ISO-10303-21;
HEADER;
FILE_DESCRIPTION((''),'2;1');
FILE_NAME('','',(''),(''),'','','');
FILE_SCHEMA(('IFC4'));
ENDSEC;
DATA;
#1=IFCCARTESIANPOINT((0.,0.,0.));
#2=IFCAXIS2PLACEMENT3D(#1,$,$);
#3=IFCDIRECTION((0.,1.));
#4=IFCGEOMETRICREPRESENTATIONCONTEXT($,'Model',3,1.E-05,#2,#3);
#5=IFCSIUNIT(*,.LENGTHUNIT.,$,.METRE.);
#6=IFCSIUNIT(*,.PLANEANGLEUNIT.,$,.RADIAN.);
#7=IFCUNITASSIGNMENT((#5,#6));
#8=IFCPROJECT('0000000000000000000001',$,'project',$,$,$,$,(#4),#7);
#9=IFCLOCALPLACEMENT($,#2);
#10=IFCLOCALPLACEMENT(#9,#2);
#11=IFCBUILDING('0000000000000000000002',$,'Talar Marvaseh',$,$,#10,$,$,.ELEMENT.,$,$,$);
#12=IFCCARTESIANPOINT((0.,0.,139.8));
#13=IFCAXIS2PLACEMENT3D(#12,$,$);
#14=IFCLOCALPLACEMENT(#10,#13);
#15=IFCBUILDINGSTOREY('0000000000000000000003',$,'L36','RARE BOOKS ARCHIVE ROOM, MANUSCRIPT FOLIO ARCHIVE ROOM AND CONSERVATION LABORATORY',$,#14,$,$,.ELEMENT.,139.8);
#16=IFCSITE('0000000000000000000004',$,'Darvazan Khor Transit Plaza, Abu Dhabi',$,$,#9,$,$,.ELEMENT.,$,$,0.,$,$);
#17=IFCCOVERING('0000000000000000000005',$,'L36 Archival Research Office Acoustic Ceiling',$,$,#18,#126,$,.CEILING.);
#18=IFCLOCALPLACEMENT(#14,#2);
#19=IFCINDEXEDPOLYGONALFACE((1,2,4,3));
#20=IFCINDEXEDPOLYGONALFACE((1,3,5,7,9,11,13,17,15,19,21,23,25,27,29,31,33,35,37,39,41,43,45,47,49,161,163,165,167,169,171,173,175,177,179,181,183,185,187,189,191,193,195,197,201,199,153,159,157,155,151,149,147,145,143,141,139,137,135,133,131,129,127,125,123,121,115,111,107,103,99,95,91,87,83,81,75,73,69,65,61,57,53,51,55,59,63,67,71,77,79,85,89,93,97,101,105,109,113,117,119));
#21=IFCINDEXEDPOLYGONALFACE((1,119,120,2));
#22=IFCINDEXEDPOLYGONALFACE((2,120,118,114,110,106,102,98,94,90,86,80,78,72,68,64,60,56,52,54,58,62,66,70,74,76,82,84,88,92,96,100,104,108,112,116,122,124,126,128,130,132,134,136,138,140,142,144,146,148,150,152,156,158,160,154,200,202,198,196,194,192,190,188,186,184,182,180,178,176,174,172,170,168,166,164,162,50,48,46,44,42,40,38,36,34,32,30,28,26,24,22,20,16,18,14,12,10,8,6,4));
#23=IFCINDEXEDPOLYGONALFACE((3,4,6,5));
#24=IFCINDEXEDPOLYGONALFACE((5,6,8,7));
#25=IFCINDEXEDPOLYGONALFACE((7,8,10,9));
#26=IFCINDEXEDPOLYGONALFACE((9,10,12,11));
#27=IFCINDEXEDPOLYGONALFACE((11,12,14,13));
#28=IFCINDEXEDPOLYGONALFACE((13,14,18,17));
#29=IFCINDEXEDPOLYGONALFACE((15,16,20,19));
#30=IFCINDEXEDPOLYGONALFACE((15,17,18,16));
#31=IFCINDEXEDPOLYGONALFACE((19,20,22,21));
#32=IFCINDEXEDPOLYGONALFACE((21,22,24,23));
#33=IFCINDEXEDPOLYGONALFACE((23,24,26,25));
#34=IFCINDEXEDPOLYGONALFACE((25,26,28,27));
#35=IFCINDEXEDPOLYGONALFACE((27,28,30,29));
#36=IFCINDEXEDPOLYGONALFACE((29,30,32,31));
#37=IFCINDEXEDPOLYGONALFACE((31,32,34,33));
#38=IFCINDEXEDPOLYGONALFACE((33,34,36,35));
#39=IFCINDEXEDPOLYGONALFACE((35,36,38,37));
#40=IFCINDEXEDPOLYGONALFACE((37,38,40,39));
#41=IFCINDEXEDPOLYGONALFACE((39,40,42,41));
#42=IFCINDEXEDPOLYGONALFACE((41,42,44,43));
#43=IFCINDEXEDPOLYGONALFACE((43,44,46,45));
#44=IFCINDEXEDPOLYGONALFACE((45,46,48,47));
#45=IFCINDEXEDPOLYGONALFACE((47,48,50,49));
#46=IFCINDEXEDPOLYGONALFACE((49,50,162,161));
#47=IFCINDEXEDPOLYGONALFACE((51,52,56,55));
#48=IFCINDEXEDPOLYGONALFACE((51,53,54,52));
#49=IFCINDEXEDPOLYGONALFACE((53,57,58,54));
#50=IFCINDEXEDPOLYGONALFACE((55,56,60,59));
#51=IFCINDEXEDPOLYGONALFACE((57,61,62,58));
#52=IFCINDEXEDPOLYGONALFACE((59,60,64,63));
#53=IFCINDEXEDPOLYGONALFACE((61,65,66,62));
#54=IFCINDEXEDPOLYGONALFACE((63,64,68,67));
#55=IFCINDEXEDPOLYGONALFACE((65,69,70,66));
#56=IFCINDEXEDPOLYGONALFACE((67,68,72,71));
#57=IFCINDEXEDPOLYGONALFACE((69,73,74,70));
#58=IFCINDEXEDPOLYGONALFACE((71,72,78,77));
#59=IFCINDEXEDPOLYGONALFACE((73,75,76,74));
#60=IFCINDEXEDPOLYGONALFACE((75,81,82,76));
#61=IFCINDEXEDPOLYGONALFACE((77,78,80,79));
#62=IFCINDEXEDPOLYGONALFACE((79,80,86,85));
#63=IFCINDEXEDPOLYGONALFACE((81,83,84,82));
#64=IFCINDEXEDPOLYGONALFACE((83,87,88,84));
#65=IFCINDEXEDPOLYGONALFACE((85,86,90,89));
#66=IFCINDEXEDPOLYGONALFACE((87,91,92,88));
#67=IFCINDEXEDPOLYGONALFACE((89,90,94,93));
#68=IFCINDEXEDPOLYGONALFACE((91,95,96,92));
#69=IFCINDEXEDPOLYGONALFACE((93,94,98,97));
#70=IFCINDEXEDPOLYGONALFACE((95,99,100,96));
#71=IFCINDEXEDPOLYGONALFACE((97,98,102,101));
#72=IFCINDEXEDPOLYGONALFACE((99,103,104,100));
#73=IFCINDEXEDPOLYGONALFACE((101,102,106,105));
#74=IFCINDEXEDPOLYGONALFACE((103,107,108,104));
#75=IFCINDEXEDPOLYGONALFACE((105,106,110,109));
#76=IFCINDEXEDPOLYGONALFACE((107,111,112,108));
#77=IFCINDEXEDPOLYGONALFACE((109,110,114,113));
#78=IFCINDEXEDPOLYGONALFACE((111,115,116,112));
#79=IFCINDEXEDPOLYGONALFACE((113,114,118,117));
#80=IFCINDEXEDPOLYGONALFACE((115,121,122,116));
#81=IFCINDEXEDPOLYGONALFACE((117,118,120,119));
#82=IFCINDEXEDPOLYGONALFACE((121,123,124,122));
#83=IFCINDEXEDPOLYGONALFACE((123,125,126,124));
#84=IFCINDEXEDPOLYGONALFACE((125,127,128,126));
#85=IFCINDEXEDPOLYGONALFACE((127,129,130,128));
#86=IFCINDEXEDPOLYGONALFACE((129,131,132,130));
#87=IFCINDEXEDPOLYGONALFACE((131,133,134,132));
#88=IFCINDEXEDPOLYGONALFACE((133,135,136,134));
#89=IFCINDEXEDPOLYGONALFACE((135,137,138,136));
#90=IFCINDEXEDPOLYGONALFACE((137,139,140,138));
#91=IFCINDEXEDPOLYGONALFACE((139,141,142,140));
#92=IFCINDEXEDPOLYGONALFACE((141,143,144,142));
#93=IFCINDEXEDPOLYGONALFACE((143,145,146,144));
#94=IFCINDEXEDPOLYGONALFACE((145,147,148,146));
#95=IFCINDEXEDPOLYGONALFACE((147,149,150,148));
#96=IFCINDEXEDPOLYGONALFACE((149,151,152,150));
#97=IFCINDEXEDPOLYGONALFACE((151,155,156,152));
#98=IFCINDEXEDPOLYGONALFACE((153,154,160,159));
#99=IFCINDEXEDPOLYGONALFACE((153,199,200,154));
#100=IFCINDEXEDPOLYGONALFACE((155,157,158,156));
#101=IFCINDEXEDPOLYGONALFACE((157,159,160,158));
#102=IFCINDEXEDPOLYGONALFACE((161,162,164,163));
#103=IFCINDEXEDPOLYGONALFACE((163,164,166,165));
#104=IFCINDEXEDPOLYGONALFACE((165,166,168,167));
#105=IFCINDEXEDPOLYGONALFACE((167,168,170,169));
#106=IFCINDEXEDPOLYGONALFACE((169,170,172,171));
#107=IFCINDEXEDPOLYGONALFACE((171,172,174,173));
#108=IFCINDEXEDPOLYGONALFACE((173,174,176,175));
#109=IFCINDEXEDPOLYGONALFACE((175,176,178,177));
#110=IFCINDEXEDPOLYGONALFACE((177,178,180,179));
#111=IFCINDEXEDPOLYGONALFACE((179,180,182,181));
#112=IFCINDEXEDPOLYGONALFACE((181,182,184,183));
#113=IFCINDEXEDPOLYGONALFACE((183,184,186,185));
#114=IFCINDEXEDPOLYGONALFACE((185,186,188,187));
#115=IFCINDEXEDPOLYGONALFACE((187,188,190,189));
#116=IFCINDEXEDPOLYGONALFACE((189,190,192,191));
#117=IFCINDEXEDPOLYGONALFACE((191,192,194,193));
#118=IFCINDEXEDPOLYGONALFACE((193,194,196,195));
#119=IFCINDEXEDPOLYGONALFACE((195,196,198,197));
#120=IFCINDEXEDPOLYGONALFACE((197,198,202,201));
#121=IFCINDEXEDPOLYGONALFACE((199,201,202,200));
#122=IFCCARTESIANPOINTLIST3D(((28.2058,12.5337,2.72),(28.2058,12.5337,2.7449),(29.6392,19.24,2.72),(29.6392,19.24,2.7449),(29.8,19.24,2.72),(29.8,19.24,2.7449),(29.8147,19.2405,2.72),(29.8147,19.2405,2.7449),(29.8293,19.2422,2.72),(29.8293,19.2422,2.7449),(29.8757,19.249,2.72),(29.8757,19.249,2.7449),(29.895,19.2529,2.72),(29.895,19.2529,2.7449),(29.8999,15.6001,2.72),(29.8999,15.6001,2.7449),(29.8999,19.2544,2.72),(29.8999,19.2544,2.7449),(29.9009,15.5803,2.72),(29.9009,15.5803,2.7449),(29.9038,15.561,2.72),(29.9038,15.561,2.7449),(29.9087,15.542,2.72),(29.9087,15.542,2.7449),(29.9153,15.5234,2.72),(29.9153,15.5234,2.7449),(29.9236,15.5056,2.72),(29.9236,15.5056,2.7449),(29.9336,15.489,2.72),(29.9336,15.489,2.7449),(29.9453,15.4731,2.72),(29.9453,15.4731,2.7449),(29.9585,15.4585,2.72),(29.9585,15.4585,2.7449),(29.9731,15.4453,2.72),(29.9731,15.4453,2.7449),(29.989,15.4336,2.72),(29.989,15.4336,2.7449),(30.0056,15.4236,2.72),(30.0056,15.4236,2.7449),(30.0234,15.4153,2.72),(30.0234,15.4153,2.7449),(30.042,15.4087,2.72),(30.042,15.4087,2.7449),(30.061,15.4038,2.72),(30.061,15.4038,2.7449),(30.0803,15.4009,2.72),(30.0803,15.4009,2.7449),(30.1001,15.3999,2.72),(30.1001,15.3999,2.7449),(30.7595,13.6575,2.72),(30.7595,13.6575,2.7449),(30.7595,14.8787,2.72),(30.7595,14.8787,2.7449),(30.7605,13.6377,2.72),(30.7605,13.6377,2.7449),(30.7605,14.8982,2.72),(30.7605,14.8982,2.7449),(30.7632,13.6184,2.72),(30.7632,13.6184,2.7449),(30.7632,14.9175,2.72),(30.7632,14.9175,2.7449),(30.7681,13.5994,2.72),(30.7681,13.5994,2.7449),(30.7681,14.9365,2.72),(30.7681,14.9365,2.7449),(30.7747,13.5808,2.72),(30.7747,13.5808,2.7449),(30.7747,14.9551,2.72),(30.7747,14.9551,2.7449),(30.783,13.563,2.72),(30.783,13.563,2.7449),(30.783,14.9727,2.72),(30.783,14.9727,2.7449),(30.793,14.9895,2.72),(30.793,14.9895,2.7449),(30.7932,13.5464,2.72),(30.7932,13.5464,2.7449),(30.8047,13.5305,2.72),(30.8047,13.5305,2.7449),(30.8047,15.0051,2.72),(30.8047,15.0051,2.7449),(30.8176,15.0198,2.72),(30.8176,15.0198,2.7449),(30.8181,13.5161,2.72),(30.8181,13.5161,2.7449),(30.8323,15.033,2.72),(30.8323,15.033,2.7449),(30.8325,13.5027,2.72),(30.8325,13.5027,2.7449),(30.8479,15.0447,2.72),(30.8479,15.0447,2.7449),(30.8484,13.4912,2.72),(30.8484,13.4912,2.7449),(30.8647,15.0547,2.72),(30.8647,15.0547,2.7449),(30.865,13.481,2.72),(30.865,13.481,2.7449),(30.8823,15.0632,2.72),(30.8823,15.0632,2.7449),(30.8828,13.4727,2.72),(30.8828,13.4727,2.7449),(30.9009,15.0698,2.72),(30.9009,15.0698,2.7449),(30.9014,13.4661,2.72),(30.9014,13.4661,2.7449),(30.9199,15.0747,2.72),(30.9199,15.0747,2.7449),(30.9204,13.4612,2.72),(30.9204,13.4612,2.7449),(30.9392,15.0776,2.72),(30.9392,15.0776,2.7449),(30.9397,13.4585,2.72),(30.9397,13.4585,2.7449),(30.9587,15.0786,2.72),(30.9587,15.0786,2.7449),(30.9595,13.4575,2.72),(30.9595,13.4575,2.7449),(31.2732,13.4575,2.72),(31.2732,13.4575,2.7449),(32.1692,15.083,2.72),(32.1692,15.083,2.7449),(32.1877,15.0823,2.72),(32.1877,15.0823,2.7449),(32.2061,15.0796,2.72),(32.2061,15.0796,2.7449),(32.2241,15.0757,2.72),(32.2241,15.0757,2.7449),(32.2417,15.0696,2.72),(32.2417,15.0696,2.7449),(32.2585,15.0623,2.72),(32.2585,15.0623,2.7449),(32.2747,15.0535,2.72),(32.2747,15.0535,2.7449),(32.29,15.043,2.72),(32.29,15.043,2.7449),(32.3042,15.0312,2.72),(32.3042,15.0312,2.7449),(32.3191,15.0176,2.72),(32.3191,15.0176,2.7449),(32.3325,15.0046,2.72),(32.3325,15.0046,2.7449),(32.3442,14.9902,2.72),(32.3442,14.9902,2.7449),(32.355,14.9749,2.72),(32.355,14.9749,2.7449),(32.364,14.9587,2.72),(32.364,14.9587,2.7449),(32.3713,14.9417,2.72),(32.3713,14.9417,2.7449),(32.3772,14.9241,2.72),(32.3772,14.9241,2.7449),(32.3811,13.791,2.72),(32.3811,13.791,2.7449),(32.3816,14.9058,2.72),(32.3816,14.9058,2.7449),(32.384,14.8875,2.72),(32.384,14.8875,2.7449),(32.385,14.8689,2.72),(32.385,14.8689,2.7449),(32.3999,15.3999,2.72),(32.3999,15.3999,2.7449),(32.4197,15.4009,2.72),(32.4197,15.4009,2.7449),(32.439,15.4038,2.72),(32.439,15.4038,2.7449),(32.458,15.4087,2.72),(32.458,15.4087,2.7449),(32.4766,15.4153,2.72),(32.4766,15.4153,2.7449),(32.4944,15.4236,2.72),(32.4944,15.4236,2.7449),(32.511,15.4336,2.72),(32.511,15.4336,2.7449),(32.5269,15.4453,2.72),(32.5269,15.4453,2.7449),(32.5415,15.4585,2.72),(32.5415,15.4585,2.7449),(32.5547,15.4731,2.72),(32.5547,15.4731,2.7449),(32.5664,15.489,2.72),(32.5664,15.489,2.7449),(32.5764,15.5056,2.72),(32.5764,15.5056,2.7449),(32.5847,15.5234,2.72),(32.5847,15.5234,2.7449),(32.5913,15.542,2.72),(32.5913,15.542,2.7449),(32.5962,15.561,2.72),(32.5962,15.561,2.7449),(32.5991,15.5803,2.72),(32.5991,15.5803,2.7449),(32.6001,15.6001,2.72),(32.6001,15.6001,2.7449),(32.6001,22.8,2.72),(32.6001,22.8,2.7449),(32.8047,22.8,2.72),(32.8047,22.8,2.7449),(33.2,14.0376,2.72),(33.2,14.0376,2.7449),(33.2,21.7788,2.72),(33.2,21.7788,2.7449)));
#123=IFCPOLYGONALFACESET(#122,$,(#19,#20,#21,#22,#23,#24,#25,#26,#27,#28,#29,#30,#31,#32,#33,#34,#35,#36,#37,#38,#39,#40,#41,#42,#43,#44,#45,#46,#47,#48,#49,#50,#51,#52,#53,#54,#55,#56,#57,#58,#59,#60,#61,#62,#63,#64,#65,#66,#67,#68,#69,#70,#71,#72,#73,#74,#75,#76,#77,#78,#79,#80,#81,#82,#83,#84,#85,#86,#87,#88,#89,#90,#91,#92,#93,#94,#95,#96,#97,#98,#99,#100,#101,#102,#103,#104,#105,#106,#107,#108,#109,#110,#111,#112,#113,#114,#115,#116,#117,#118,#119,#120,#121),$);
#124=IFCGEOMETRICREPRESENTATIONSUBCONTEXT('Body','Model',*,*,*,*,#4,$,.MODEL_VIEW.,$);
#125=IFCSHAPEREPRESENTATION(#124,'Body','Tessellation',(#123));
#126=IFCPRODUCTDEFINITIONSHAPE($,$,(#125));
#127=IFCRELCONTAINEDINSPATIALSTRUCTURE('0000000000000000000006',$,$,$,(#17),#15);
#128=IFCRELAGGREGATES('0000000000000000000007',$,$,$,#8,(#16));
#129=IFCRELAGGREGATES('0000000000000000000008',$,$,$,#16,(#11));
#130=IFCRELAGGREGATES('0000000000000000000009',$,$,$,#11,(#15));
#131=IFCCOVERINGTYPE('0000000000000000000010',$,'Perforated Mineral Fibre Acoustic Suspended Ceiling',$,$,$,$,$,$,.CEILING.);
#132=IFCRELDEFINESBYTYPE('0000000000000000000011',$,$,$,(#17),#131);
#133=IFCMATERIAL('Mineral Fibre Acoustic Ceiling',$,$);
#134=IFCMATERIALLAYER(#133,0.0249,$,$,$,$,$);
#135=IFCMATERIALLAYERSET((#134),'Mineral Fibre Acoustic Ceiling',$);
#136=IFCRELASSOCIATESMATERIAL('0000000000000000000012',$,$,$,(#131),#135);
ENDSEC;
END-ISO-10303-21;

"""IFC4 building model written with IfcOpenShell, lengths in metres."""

from ifc_helpers import new_model, si_unit, direction, frame, origin, place, context, subcontext, project, spatial, polyline, outline, extrude, material, layer, layer_set, type_object, element, save


model = new_model("IFC4")

# Units and contexts
model_context = context("Model", 3, precision=1e-05, world=origin(), true_north=direction((0.0, 1.0)))
body_context = subcontext(model_context, "Body", "Model", "MODEL_VIEW")
ifc_project = project(units=[si_unit("LENGTHUNIT", "METRE"), si_unit("PLANEANGLEUNIT", "RADIAN")], contexts=[model_context])

# Site, building, storey
site_placement = place(None, origin())
site = spatial("IfcSite", under=ifc_project, at=site_placement, Name="Darvazan Khor Transit Plaza, Abu Dhabi", CompositionType="ELEMENT", RefElevation=0.0)
building_placement = place(site_placement, origin())
building = spatial("IfcBuilding", under=site, at=building_placement, Name="Talar Marvaseh", CompositionType="ELEMENT")
storey_placement = place(building_placement, frame((0.0, 0.0, 139.8)))
storey = spatial("IfcBuildingStorey", under=building, at=storey_placement, Name="L36", Description="RARE BOOKS ARCHIVE ROOM, MANUSCRIPT FOLIO ARCHIVE ROOM AND CONSERVATION LABORATORY", CompositionType="ELEMENT", Elevation=139.8)

# Covering
ifc_material_1 = material(Name="Mineral Fibre Acoustic Ceiling")
ifc_layer_1 = layer(ifc_material_1, 0.0249)
ifc_layer_set_1 = layer_set([ifc_layer_1], Name="Mineral Fibre Acoustic Ceiling")
covering_type_1 = type_object("IfcCoveringType", Name="Perforated Mineral Fibre Acoustic Suspended Ceiling", PredefinedType="CEILING", material=ifc_layer_set_1)
covering_1_placement = place(storey_placement, frame((0.0, 0.0, 2.72)))
element("IfcCovering", 1, at=covering_1_placement, inside=storey, type_object=covering_type_1, Name="L36 Archival Research Office Acoustic Ceiling", PredefinedType="CEILING", context=body_context, shape_type="SweptSolid", body=[
    extrude(outline(polyline([(29.8, 19.24), (29.8147, 19.2405), (29.8293, 19.2422), (29.8757, 19.249), (29.895, 19.2529), (29.8999, 19.2544), (29.8999, 15.6001), (29.9009, 15.5803), (29.9038, 15.561), (29.9087, 15.542), (29.9153, 15.5234), (29.9236, 15.5056), (29.9336, 15.489), (29.9453, 15.4731), (29.9585, 15.4585), (29.9731, 15.4453), (29.989, 15.4336), (30.0056, 15.4236), (30.0234, 15.4153), (30.042, 15.4087), (30.061, 15.4038), (30.0803, 15.4009), (30.1001, 15.3999), (32.3999, 15.3999), (32.4197, 15.4009), (32.439, 15.4038), (32.458, 15.4087), (32.4766, 15.4153), (32.4944, 15.4236), (32.511, 15.4336), (32.5269, 15.4453), (32.5415, 15.4585), (32.5547, 15.4731), (32.5664, 15.489), (32.5764, 15.5056), (32.5847, 15.5234), (32.5913, 15.542), (32.5962, 15.561), (32.5991, 15.5803), (32.6001, 15.6001), (32.6001, 22.8), (32.8047, 22.8), (33.2, 21.7788), (33.2, 14.0376), (32.3811, 13.791), (32.385, 14.8689), (32.384, 14.8875), (32.3816, 14.9058), (32.3772, 14.9241), (32.3713, 14.9417), (32.364, 14.9587), (32.355, 14.9749), (32.3442, 14.9902), (32.3325, 15.0046), (32.3191, 15.0176), (32.3042, 15.0312), (32.29, 15.043), (32.2747, 15.0535), (32.2585, 15.0623), (32.2417, 15.0696), (32.2241, 15.0757), (32.2061, 15.0796), (32.1877, 15.0823), (32.1692, 15.083), (30.9587, 15.0786), (30.9392, 15.0776), (30.9199, 15.0747), (30.9009, 15.0698), (30.8823, 15.0632), (30.8647, 15.0547), (30.8479, 15.0447), (30.8323, 15.033), (30.8176, 15.0198), (30.8047, 15.0051), (30.793, 14.9895), (30.783, 14.9727), (30.7747, 14.9551), (30.7681, 14.9365), (30.7632, 14.9175), (30.7605, 14.8982), (30.7595, 14.8787), (30.7595, 13.6575), (30.7605, 13.6377), (30.7632, 13.6184), (30.7681, 13.5994), (30.7747, 13.5808), (30.783, 13.563), (30.7932, 13.5464), (30.8047, 13.5305), (30.8181, 13.5161), (30.8325, 13.5027), (30.8484, 13.4912), (30.865, 13.481), (30.8828, 13.4727), (30.9014, 13.4661), (30.9204, 13.4612), (30.9397, 13.4585), (30.9595, 13.4575), (31.2732, 13.4575), (28.2058, 12.5337), (29.6392, 19.24), (29.8, 19.24)])), origin(), (0.0, 0.0, 1.0), 0.0249),
])

save(model, "model.ifc")
